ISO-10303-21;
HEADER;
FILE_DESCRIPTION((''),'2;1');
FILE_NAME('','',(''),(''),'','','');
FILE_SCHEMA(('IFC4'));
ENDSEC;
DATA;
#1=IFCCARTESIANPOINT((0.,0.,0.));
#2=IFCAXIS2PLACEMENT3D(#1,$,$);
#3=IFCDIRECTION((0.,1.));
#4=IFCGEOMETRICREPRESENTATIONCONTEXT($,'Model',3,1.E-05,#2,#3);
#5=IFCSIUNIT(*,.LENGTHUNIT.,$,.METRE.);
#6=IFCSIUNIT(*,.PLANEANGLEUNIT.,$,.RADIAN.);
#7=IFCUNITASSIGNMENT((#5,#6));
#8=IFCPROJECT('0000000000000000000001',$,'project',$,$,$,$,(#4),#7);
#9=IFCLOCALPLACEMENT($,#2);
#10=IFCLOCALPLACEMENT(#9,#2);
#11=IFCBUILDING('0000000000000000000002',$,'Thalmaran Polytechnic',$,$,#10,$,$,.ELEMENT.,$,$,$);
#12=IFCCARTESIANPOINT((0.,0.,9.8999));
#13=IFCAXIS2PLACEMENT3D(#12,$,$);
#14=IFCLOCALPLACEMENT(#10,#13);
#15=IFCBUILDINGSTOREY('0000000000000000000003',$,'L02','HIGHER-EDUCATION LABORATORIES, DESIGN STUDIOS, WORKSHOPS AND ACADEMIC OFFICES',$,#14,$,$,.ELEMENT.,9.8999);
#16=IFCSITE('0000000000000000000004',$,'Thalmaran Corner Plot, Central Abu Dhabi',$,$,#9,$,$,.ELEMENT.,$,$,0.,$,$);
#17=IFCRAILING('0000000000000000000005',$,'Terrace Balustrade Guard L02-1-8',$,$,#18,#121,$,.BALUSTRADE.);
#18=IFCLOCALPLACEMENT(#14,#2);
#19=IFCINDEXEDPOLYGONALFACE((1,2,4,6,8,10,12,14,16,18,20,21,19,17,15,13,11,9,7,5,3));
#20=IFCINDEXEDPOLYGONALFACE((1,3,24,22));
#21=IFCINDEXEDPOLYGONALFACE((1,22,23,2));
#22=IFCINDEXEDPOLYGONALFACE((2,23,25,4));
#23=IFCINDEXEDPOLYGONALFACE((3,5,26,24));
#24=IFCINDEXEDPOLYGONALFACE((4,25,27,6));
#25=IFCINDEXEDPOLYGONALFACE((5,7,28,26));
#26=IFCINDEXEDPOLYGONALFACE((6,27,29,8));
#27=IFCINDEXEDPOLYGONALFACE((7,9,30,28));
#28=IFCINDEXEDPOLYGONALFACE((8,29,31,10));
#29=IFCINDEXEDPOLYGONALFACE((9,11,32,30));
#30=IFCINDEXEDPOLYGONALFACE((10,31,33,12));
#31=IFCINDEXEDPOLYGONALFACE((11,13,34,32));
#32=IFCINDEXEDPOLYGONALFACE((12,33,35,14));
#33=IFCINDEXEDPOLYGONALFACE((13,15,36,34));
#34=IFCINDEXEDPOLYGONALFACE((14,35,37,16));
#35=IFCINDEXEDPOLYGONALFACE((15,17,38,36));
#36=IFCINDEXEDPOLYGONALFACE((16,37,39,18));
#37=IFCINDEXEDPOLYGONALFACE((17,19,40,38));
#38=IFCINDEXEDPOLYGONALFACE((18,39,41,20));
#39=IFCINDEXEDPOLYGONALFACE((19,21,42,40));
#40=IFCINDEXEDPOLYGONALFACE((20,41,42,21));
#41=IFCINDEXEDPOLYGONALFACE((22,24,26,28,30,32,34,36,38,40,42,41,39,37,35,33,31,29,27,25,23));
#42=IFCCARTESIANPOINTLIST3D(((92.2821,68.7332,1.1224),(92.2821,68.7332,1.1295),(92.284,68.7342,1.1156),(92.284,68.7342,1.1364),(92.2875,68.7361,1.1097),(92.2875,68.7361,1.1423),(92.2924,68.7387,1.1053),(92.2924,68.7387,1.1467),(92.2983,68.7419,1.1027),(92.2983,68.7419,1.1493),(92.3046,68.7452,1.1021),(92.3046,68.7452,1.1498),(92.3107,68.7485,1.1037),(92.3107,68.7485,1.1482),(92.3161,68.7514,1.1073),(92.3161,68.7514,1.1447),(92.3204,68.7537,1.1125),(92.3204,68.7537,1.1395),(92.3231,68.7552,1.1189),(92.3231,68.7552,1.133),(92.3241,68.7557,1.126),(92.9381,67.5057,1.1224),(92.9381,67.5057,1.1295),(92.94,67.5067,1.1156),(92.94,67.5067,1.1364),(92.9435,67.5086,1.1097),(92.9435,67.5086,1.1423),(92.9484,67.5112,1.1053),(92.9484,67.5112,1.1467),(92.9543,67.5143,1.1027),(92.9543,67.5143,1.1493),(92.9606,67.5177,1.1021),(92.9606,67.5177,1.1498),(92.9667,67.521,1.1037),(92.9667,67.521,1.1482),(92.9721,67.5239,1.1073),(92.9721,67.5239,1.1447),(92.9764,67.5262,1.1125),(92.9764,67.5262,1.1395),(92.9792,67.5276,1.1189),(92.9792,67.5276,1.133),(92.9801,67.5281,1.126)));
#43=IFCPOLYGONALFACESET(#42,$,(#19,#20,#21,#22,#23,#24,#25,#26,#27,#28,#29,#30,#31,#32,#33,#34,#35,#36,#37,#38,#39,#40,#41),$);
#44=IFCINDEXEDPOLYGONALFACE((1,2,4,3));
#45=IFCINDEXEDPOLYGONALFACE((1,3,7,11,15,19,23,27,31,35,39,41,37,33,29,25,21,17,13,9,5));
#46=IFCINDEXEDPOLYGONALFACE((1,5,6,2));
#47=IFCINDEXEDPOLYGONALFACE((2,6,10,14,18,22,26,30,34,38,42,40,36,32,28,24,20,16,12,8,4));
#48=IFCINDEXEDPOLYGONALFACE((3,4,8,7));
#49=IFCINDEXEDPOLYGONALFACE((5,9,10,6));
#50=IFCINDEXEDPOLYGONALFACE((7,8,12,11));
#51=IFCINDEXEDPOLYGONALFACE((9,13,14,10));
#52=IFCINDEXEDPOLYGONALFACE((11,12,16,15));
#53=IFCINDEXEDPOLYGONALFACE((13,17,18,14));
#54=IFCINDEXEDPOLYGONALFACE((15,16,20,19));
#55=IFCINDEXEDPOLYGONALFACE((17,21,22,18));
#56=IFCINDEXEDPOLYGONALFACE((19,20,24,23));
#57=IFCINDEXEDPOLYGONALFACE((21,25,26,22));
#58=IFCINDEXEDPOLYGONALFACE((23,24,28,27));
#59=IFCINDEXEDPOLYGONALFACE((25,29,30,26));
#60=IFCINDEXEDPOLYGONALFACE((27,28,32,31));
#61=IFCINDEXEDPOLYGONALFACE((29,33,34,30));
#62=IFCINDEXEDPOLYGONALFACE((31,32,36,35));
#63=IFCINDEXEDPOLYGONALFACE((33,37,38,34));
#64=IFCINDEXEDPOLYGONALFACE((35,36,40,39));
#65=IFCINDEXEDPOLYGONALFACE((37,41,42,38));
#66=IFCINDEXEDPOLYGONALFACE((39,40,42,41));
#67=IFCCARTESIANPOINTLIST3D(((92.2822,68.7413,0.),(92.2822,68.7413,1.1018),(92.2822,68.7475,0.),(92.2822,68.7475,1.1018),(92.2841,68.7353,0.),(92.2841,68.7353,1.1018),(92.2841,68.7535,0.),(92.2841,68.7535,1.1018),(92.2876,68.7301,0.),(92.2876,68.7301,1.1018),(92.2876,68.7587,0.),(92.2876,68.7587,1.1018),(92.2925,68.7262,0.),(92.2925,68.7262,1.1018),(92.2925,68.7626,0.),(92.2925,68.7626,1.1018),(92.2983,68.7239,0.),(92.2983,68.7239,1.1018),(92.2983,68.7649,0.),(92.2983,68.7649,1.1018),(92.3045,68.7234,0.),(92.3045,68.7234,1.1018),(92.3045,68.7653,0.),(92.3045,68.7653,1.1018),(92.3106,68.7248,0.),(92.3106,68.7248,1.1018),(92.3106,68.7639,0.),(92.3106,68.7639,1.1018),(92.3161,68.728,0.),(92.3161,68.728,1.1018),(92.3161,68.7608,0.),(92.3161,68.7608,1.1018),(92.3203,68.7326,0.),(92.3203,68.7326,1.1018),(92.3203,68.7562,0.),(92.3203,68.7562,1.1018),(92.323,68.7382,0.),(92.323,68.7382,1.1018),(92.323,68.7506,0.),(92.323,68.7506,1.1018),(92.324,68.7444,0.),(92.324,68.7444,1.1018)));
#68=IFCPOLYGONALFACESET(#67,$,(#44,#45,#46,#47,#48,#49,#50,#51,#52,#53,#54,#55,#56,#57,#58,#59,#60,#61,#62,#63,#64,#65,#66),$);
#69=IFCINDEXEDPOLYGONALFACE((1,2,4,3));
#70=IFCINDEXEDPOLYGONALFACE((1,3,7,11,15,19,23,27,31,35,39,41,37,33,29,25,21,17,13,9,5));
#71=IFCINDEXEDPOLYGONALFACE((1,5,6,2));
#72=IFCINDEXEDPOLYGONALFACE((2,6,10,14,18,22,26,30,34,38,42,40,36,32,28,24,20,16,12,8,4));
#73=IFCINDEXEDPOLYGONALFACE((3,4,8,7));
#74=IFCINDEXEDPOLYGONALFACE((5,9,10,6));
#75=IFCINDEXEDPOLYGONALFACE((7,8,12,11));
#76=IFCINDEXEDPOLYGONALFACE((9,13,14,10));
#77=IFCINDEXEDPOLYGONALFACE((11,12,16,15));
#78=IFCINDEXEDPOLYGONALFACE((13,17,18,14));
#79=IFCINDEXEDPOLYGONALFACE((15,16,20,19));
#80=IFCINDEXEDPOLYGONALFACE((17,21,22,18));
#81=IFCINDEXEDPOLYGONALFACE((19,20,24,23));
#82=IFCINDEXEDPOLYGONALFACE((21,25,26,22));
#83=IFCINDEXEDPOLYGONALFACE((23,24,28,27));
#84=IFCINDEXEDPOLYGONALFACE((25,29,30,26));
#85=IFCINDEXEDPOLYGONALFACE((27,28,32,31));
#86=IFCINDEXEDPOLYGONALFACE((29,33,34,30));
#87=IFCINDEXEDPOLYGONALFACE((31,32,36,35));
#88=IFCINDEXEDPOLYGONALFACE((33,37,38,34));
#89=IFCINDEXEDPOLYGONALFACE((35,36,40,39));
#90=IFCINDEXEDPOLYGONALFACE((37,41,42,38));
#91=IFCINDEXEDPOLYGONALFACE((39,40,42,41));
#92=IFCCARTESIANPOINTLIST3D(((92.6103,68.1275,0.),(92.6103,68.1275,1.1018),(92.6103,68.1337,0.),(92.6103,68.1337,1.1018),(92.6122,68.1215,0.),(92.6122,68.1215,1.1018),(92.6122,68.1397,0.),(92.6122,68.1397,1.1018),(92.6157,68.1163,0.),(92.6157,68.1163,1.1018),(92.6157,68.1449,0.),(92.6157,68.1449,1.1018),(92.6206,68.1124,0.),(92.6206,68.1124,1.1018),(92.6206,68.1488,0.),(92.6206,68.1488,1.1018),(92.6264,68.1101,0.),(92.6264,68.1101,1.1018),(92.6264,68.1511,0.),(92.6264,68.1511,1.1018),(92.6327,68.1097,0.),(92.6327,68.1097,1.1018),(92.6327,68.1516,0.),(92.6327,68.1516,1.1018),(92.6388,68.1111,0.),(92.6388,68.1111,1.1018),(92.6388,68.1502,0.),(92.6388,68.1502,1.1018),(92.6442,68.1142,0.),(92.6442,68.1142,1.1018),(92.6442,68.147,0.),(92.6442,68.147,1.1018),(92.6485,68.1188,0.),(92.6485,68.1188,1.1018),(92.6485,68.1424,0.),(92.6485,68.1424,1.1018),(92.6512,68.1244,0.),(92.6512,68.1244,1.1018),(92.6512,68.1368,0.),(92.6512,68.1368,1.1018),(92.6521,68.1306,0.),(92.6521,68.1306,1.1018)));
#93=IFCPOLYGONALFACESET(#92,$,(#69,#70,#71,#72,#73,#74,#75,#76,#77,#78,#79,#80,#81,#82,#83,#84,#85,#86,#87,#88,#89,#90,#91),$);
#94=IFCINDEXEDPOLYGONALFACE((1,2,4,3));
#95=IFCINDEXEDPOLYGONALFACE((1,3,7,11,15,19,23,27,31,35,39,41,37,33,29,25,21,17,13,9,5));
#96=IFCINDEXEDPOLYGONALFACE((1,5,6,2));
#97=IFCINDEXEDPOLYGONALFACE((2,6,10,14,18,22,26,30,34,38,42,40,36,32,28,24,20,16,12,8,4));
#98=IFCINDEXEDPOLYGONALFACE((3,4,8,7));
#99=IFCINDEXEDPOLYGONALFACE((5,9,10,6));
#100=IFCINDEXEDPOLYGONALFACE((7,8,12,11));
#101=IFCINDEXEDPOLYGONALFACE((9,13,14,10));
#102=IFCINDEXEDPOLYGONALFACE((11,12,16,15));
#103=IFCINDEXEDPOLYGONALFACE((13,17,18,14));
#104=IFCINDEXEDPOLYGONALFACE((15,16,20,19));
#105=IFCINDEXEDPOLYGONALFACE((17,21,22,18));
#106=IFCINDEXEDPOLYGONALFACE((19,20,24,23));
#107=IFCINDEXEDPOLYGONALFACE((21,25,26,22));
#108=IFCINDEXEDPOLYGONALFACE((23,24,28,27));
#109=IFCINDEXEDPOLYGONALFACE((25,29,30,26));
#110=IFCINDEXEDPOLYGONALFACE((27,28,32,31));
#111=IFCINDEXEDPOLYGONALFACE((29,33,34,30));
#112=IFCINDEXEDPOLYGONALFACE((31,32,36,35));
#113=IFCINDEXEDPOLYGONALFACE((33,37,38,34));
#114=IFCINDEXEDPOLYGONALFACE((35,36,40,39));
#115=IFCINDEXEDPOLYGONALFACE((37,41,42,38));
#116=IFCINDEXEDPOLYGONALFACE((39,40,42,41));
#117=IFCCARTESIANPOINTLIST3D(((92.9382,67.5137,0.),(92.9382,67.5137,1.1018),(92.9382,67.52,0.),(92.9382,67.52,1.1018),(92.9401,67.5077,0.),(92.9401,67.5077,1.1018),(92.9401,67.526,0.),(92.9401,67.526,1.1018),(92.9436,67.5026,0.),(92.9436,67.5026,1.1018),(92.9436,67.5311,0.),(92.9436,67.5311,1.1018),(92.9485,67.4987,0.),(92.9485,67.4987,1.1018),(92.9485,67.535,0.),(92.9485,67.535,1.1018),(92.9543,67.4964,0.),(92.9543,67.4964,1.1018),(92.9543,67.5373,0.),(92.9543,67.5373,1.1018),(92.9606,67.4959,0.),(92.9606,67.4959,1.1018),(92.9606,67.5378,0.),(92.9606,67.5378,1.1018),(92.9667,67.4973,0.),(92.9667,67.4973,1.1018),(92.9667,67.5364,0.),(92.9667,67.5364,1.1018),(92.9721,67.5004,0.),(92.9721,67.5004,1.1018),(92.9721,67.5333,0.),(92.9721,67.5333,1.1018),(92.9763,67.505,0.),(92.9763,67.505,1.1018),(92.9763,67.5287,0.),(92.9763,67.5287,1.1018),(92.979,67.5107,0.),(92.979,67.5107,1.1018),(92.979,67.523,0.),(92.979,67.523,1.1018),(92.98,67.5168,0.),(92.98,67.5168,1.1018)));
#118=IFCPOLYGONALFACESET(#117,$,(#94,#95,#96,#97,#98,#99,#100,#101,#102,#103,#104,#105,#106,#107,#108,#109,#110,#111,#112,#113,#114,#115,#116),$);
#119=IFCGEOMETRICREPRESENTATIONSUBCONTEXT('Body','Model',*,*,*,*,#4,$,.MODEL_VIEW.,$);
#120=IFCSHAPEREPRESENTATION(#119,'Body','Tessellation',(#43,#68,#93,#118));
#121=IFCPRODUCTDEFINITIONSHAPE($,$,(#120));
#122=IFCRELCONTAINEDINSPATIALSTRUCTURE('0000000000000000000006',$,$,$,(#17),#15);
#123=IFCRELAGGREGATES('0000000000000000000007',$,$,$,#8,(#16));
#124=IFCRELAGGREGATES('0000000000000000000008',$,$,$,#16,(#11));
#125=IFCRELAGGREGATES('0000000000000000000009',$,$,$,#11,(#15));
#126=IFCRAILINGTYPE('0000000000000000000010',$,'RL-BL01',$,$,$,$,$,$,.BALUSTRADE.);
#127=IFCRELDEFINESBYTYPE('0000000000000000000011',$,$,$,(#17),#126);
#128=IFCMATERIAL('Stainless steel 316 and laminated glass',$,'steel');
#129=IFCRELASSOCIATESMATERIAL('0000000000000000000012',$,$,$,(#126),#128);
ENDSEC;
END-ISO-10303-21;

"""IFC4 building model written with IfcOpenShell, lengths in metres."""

from ifc_helpers import new_model, si_unit, direction, frame, origin, origin_2d, place, context, subcontext, project, spatial, circle, extrude, material, type_object, element, save


model = new_model("IFC4")

# Units and contexts
model_context = context("Model", 3, precision=1e-05, world=origin(), true_north=direction((0.0, 1.0)))
body_context = subcontext(model_context, "Body", "Model", "MODEL_VIEW")
ifc_project = project(units=[si_unit("LENGTHUNIT", "METRE"), si_unit("PLANEANGLEUNIT", "RADIAN")], contexts=[model_context])

# Site, building, storey
site_placement = place(None, origin())
site = spatial("IfcSite", under=ifc_project, at=site_placement, Name="Thalmaran Corner Plot, Central Abu Dhabi", CompositionType="ELEMENT", RefElevation=0.0)
building_placement = place(site_placement, origin())
building = spatial("IfcBuilding", under=site, at=building_placement, Name="Thalmaran Polytechnic", CompositionType="ELEMENT")
storey_placement = place(building_placement, frame((0.0, 0.0, 9.8999)))
storey = spatial("IfcBuildingStorey", under=building, at=storey_placement, Name="L02", Description="HIGHER-EDUCATION LABORATORIES, DESIGN STUDIOS, WORKSHOPS AND ACADEMIC OFFICES", CompositionType="ELEMENT", Elevation=9.8999)

# Railing
ifc_material = material(Name="Stainless steel 316 and laminated glass", Category="steel")
railing_type = type_object("IfcRailingType", Name="RL-BL01", PredefinedType="BALUSTRADE", material=ifc_material)
railing_1_placement = place(storey_placement, frame((92.303, 68.7444, 0.0)))
element("IfcRailing", 1, at=railing_1_placement, inside=storey, type_object=railing_type, Name="Terrace Balustrade Guard L02-1-8", PredefinedType="BALUSTRADE", context=body_context, shape_type="SweptSolid", body=[
    extrude(circle(Radius=0.0239, at=origin_2d()), frame((0.0, 0.0, 1.126), z_axis=(0.471326, -0.881959, 0.0), x_axis=(0.881959, 0.471326, 0.0)), (0.0, 0.0, 1.0), 1.3918),
    extrude(circle(Radius=0.021, at=origin_2d()), origin(), (0.0, 0.0, 1.0), 1.1018),
    extrude(circle(Radius=0.021, at=origin_2d()), frame((0.3281, -0.6138, 0.0)), (0.0, 0.0, 1.0), 1.1018),
    extrude(circle(Radius=0.021, at=origin_2d()), frame((0.656, -1.2275, 0.0)), (0.0, 0.0, 1.0), 1.1018),
])

save(model, "model.ifc")
